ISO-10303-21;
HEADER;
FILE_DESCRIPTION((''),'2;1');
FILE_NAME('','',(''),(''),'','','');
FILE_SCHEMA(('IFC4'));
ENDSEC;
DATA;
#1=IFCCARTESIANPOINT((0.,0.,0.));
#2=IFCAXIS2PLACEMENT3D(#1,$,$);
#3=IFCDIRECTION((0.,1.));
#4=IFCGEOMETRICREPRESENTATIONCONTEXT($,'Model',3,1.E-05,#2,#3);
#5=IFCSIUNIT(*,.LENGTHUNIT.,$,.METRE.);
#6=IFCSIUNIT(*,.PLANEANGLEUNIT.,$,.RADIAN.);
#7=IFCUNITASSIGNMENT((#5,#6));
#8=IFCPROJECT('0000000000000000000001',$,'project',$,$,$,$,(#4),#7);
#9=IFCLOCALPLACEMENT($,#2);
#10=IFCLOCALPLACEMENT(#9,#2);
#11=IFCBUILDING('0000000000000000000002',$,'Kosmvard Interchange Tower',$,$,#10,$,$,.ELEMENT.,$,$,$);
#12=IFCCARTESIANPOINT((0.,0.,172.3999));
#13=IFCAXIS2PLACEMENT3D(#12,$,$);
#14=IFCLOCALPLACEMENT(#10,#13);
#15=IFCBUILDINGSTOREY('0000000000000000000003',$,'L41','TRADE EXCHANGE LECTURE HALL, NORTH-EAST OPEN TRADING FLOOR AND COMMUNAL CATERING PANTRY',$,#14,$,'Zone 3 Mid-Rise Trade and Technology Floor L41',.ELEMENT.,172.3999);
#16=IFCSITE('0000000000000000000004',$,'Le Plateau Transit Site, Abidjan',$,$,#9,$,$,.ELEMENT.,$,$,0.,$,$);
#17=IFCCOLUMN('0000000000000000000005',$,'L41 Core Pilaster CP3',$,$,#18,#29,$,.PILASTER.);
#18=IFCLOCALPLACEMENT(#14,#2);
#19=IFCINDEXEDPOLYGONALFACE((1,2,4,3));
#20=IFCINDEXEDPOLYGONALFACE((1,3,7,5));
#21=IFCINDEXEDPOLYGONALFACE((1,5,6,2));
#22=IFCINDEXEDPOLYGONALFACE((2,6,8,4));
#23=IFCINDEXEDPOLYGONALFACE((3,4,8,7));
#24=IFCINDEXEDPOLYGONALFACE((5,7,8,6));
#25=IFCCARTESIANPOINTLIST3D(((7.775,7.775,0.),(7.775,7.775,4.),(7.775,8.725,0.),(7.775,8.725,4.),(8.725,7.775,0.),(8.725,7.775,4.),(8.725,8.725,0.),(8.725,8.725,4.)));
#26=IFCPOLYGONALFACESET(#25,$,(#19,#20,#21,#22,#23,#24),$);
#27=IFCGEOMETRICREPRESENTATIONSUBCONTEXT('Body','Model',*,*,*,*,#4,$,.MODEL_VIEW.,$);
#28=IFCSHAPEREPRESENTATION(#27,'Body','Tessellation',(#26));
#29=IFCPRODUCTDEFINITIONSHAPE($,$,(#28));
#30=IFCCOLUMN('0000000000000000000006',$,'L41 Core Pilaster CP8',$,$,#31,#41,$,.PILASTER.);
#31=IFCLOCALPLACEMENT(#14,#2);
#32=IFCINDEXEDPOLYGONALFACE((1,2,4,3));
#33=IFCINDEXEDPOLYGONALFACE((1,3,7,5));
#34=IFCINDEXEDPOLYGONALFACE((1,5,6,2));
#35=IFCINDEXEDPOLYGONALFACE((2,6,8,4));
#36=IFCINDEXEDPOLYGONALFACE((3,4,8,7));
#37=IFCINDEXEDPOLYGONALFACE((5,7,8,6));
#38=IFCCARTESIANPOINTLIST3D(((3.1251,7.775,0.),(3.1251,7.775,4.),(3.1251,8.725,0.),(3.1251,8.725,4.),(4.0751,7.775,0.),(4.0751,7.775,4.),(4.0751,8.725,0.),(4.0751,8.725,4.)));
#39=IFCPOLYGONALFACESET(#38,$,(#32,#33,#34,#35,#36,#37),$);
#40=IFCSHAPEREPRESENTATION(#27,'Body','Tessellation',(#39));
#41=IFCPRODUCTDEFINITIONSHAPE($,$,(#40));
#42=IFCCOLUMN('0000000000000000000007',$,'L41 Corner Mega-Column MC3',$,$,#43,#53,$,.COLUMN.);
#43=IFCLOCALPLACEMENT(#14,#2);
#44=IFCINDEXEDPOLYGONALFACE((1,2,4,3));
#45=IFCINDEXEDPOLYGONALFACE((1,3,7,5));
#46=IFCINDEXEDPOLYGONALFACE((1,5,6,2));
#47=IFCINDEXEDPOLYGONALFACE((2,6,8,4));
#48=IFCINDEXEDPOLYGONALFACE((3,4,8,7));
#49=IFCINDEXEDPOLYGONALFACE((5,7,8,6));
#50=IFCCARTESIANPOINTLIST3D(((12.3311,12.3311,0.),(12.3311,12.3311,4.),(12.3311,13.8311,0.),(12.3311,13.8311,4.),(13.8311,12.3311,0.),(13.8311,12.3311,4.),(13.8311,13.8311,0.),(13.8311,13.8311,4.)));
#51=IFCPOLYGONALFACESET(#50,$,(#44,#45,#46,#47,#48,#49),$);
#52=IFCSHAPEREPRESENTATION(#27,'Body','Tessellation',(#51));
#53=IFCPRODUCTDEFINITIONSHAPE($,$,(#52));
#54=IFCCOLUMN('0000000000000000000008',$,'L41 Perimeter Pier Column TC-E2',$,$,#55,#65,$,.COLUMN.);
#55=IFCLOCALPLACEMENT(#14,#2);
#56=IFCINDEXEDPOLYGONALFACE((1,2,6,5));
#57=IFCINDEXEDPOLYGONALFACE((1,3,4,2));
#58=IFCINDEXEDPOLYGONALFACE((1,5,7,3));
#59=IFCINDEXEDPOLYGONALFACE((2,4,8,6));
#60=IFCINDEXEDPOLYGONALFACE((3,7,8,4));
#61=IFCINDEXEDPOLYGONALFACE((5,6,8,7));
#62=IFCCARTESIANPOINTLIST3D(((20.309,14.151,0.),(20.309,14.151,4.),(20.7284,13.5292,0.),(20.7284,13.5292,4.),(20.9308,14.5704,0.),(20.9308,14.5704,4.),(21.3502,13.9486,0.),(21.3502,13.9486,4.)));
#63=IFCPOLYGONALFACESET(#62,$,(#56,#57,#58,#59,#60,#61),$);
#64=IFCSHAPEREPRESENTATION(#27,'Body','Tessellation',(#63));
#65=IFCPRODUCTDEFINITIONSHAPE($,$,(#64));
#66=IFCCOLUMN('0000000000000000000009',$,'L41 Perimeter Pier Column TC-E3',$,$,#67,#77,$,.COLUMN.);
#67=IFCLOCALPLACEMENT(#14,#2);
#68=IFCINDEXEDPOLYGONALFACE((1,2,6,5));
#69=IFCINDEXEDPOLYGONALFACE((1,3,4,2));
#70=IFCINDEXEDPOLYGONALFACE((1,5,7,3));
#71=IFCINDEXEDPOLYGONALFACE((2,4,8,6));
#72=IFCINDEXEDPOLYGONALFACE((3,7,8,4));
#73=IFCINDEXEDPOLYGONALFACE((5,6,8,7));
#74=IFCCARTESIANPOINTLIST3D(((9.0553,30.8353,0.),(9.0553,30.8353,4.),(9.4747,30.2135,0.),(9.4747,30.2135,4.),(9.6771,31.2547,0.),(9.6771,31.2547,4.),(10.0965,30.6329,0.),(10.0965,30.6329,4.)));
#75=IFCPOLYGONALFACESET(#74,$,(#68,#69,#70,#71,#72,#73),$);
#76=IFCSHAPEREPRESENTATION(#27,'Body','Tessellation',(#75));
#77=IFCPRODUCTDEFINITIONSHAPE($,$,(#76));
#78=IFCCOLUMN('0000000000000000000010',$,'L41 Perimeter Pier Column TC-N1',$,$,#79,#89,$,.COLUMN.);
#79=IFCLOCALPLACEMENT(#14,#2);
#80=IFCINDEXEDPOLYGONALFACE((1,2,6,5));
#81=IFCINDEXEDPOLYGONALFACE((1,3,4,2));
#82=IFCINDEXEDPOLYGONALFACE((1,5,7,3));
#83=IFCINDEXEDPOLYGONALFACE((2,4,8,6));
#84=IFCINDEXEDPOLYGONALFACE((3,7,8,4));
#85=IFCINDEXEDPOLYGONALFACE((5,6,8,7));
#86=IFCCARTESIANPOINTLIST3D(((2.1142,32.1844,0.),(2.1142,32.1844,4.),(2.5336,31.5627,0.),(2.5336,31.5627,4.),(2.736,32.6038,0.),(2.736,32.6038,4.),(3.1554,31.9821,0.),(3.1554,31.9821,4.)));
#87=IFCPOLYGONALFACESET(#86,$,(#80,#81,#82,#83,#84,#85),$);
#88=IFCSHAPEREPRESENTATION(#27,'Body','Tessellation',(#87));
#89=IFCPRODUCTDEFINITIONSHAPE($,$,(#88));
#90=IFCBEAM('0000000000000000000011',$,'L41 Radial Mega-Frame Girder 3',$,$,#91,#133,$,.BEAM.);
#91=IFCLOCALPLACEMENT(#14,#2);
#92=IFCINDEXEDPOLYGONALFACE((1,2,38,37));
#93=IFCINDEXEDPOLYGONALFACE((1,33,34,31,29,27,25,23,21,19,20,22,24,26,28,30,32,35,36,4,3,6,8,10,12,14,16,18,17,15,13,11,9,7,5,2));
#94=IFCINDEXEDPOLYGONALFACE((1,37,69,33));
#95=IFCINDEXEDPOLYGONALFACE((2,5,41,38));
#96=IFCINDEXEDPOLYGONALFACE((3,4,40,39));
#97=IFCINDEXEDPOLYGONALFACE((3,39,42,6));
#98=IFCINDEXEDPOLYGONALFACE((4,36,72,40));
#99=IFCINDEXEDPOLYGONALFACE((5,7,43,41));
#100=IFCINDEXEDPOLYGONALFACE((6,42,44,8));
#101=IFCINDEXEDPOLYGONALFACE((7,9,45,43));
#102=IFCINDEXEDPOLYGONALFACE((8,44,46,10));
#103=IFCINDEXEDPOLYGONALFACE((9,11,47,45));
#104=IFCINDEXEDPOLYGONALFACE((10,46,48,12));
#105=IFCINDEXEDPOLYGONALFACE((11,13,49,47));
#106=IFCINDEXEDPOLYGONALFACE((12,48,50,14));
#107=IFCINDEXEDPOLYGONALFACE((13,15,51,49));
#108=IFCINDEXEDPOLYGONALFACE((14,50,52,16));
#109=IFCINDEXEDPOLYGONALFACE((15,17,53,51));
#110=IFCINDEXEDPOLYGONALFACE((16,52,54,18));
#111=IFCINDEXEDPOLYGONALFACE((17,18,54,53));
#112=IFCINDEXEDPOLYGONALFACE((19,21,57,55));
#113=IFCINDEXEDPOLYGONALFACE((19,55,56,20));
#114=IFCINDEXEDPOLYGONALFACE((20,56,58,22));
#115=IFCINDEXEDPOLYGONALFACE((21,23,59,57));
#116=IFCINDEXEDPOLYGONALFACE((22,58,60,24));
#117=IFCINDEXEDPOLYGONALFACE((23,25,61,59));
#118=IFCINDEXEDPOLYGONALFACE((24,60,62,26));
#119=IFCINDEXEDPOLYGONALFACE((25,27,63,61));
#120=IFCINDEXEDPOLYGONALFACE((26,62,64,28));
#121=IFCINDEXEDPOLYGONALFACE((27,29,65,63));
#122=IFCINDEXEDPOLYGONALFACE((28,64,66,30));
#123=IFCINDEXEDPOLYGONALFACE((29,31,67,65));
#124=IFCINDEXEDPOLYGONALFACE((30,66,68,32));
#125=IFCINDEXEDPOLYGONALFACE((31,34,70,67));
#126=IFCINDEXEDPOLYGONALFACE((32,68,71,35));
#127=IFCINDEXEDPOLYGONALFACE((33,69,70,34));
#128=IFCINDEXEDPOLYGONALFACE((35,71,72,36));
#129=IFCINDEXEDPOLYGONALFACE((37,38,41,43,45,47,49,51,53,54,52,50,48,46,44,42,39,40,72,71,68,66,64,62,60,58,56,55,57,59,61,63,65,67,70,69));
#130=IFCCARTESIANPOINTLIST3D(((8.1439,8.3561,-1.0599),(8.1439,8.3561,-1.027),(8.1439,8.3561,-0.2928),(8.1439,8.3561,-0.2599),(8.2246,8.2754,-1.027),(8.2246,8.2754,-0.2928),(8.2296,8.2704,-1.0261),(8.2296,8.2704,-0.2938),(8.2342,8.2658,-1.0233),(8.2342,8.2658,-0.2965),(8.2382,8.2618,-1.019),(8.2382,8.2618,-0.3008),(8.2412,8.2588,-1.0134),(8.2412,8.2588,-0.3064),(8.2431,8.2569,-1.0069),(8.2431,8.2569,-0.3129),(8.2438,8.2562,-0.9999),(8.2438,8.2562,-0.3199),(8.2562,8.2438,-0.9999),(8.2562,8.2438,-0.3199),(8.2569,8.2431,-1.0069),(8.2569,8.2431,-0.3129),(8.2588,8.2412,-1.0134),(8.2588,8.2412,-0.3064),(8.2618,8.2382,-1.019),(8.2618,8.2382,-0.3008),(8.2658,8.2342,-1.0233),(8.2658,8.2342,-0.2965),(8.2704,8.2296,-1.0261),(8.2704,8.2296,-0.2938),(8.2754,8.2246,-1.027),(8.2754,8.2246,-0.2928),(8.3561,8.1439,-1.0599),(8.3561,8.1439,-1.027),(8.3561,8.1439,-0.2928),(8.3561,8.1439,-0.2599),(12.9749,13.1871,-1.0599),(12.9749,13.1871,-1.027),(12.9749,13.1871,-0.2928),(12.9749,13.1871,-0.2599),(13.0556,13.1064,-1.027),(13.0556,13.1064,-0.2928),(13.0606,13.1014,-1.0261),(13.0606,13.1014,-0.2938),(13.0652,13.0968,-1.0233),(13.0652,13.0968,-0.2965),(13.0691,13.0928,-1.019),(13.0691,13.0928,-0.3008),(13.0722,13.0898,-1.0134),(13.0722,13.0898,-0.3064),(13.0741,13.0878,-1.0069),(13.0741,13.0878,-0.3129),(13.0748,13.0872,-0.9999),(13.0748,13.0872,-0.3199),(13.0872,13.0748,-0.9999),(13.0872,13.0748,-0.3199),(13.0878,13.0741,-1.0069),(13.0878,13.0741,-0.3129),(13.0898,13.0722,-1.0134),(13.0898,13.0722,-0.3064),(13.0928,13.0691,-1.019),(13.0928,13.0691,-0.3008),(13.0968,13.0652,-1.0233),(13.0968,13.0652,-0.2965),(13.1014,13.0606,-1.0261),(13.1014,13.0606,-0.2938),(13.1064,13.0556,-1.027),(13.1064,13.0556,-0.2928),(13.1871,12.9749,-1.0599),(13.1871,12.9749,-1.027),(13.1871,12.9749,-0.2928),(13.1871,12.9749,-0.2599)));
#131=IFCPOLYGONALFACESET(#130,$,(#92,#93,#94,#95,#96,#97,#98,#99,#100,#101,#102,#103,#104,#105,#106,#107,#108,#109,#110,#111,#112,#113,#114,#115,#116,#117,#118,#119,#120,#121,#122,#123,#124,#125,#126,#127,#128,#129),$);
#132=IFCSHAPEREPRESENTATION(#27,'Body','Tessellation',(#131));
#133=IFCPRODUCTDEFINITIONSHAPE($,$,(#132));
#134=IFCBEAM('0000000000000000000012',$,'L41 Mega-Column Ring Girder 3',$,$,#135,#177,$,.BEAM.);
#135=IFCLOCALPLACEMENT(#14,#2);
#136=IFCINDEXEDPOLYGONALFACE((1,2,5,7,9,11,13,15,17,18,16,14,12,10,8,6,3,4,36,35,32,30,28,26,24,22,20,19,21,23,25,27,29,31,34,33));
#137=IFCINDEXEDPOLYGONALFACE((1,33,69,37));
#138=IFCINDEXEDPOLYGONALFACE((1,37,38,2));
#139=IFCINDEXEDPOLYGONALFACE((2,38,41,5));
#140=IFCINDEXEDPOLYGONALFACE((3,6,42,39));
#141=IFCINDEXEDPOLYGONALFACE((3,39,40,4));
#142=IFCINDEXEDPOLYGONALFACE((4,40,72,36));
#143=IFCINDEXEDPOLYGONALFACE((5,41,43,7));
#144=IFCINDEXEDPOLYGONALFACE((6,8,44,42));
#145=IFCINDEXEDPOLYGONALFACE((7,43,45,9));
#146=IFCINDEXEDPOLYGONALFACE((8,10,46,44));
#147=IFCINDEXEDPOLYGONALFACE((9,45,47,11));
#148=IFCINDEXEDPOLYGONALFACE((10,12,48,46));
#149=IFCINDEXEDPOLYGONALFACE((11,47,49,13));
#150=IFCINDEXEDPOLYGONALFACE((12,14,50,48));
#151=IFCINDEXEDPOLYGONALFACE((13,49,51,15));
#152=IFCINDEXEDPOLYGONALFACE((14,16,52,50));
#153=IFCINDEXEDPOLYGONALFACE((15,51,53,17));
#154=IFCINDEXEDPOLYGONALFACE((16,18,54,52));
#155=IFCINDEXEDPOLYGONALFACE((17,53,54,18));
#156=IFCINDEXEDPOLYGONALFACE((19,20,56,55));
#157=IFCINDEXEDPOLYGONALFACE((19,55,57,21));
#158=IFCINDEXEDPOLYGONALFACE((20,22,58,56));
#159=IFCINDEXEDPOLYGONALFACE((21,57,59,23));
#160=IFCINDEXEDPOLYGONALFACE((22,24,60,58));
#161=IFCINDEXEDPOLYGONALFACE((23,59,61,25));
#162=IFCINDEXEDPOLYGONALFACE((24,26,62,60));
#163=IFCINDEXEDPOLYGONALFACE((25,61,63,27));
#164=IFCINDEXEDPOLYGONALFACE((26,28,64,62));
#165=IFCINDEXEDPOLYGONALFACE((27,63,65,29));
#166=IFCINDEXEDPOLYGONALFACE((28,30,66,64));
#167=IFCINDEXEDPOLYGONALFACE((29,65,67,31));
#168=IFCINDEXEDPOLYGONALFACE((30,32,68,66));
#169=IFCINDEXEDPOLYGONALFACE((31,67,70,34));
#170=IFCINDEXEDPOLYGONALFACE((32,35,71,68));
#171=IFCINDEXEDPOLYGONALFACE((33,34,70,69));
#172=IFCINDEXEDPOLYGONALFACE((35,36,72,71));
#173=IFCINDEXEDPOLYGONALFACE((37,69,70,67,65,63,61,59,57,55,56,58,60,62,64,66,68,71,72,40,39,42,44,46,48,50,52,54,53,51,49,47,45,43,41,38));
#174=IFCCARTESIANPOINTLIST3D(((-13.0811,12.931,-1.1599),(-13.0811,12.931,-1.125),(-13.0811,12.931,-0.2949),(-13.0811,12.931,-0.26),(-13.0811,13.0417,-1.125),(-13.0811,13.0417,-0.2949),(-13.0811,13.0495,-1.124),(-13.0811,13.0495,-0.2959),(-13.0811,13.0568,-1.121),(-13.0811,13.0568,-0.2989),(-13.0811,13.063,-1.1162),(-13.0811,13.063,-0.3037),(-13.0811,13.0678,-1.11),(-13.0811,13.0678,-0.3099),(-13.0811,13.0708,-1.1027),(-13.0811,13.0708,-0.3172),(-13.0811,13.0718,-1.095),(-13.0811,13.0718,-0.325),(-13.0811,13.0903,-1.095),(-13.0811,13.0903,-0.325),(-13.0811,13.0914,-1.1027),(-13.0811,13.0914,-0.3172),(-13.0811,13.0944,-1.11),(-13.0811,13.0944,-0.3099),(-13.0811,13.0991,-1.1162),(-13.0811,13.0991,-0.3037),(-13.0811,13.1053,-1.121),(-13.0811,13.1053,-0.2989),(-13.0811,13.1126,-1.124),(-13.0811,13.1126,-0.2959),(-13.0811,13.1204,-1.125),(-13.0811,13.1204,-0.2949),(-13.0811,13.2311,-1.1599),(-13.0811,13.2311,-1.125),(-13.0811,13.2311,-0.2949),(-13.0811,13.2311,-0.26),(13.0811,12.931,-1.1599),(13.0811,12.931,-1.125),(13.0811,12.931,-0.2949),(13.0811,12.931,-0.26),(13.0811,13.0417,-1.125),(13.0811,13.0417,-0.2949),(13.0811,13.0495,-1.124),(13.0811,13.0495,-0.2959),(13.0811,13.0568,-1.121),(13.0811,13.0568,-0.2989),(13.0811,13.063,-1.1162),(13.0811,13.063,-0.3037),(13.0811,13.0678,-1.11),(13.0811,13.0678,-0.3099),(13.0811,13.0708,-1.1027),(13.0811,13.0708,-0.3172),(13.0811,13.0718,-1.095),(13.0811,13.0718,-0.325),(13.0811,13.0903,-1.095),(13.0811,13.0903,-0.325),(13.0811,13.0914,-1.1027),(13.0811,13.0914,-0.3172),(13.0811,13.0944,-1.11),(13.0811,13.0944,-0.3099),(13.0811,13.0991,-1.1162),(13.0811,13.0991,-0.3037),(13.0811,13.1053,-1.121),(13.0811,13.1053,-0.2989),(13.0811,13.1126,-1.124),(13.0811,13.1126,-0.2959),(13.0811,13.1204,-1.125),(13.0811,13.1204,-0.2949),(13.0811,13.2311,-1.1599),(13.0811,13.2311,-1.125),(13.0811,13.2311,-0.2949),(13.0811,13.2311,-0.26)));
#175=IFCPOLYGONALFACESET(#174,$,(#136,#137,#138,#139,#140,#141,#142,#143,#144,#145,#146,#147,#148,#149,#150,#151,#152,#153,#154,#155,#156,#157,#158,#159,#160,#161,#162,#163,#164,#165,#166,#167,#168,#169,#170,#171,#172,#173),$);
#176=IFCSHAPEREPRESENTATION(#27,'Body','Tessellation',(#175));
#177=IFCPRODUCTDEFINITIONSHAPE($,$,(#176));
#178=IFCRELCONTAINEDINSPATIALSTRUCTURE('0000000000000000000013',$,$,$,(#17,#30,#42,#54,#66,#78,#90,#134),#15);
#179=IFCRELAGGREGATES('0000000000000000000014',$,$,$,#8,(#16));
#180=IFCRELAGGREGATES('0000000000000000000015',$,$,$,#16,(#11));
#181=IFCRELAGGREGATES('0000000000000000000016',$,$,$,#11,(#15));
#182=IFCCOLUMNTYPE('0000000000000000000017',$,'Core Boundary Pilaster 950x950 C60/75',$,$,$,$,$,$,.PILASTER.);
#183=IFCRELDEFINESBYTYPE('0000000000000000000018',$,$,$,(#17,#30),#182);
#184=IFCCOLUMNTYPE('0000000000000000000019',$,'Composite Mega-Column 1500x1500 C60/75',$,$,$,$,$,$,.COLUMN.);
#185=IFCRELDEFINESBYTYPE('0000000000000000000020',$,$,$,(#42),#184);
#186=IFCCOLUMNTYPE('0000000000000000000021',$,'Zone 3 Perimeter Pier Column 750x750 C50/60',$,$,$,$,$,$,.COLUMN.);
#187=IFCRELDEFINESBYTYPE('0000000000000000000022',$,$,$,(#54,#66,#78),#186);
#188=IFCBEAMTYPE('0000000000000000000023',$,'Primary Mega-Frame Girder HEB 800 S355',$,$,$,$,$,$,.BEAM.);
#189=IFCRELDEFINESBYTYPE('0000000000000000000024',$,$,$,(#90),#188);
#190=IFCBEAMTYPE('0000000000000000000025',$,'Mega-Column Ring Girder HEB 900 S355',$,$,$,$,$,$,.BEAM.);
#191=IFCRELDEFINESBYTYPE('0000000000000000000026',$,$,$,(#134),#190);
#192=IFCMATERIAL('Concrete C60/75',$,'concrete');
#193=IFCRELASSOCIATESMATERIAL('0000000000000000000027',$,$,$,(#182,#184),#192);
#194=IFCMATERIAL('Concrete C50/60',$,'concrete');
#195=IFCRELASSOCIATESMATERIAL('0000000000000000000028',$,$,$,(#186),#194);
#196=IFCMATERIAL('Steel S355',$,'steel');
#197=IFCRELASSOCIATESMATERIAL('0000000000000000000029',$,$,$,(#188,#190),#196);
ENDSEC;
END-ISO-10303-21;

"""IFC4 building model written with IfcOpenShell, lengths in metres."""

from ifc_helpers import new_model, si_unit, direction, frame, origin, origin_2d, place, context, subcontext, project, spatial, rectangle, i_section, extrude, source, transform, mapped, material, material_profile, profile_set, type_object, element, save


model = new_model("IFC4")

# Units and contexts
model_context = context("Model", 3, precision=1e-05, world=origin(), true_north=direction((0.0, 1.0)))
body_context = subcontext(model_context, "Body", "Model", "MODEL_VIEW")
ifc_project = project(units=[si_unit("LENGTHUNIT", "METRE"), si_unit("PLANEANGLEUNIT", "RADIAN")], contexts=[model_context])

# Site, building, storey
site_placement = place(None, origin())
site = spatial("IfcSite", under=ifc_project, at=site_placement, Name="Le Plateau Transit Site, Abidjan", CompositionType="ELEMENT", RefElevation=0.0)
building_placement = place(site_placement, origin())
building = spatial("IfcBuilding", under=site, at=building_placement, Name="Kosmvard Interchange Tower", CompositionType="ELEMENT")
storey_placement = place(building_placement, frame((0.0, 0.0, 172.3999)))
storey = spatial("IfcBuildingStorey", under=building, at=storey_placement, Name="L41", Description="TRADE EXCHANGE LECTURE HALL, NORTH-EAST OPEN TRADING FLOOR AND COMMUNAL CATERING PANTRY", LongName="Zone 3 Mid-Rise Trade and Technology Floor L41", CompositionType="ELEMENT", Elevation=172.3999)

# Columns
ifc_material_1 = material(Name="Concrete C60/75", Category="concrete")
ifc_material_profile_1 = material_profile(ifc_material_1, rectangle(XDim=0.95, YDim=0.95, at=origin_2d()), Name="CP 950x950")
ifc_profile_set_1 = profile_set([ifc_material_profile_1], Name="Concrete C60/75")
column_type_1 = type_object("IfcColumnType", Name="Core Boundary Pilaster 950x950 C60/75", PredefinedType="PILASTER", material=ifc_profile_set_1)
shared_shape_1 = source(origin(), body_context, "Body", "SweptSolid", [
    extrude(rectangle(XDim=0.95, YDim=0.95, at=origin_2d()), origin(), (0.0, 0.0, 1.0), 4.0),
])
for number, where, z_axis, x_axis, name in (
    (1, (8.25, 8.25, 0.0), (0.0, 0.0, 1.0), (1.0, 0.0, 0.0), "L41 Core Pilaster CP3"),
    (2, (3.6001, 8.25, 0.0), (0.0, 0.0, 1.0), (1.0, 0.0, 0.0), "L41 Core Pilaster CP8"),
):
    element("IfcColumn", number, at=place(storey_placement, frame(where, z_axis=z_axis, x_axis=x_axis)), inside=storey, type_object=column_type_1, Name=name, PredefinedType="PILASTER", context=body_context, shape_type="MappedRepresentation", body=[
        mapped(shared_shape_1, transform((0.0, 0.0, 0.0), scale=1.0)),
    ])
ifc_material_profile_2 = material_profile(ifc_material_1, rectangle(XDim=1.5, YDim=1.5, at=origin_2d()), Name="MC 1500x1500")
ifc_profile_set_2 = profile_set([ifc_material_profile_2], Name="Concrete C60/75")
column_type_2 = type_object("IfcColumnType", Name="Composite Mega-Column 1500x1500 C60/75", PredefinedType="COLUMN", material=ifc_profile_set_2)
shared_shape_2 = source(origin(), body_context, "Body", "SweptSolid", [
    extrude(rectangle(XDim=1.5, YDim=1.5, at=origin_2d()), origin(), (0.0, 0.0, 1.0), 4.0),
])
column_placement = place(storey_placement, frame((13.0811, 13.0811, 0.0), z_axis=(0.0, 0.0, 1.0), x_axis=(1.0, 0.0, 0.0)))
element("IfcColumn", 3, at=column_placement, inside=storey, type_object=column_type_2, Name="L41 Corner Mega-Column MC3", PredefinedType="COLUMN", context=body_context, shape_type="MappedRepresentation", body=[
    mapped(shared_shape_2, transform((0.0, 0.0, 0.0), scale=1.0)),
])
ifc_material_2 = material(Name="Concrete C50/60", Category="concrete")
ifc_material_profile_3 = material_profile(ifc_material_2, rectangle(XDim=0.75, YDim=0.75, at=origin_2d()), Name="TC 750x750")
ifc_profile_set_3 = profile_set([ifc_material_profile_3], Name="Concrete C50/60")
column_type_3 = type_object("IfcColumnType", Name="Zone 3 Perimeter Pier Column 750x750 C50/60", PredefinedType="COLUMN", material=ifc_profile_set_3)
shared_shape_3 = source(origin(), body_context, "Body", "SweptSolid", [
    extrude(rectangle(XDim=0.75, YDim=0.75, at=origin_2d()), origin(), (0.0, 0.0, 1.0), 4.0),
])
for number, where, z_axis, x_axis, name in (
    (4, (20.8296, 14.0498, 0.0), (0.0, 0.0, 1.0), (0.829038, 0.559193, 0.0), "L41 Perimeter Pier Column TC-E2"),
    (5, (9.5759, 30.7341, 0.0), (0.0, 0.0, 1.0), (0.829038, 0.559193, 0.0), "L41 Perimeter Pier Column TC-E3"),
    (6, (2.6348, 32.0833, 0.0), (0.0, 0.0, 1.0), (0.829038, 0.559193, 0.0), "L41 Perimeter Pier Column TC-N1"),
):
    element("IfcColumn", number, at=place(storey_placement, frame(where, z_axis=z_axis, x_axis=x_axis)), inside=storey, type_object=column_type_3, Name=name, PredefinedType="COLUMN", context=body_context, shape_type="MappedRepresentation", body=[
        mapped(shared_shape_3, transform((0.0, 0.0, 0.0), scale=1.0)),
    ])

# Beams
ifc_material_3 = material(Name="Steel S355", Category="steel")
ifc_material_profile_4 = material_profile(ifc_material_3, i_section(OverallWidth=0.3, OverallDepth=0.8, WebThickness=0.0176, FlangeThickness=0.033, FilletRadius=0.0271, at=origin_2d()), Name="HEB 800")
ifc_profile_set_4 = profile_set([ifc_material_profile_4], Name="Steel S355")
beam_type_1 = type_object("IfcBeamType", Name="Primary Mega-Frame Girder HEB 800 S355", PredefinedType="BEAM", material=ifc_profile_set_4)
shared_shape_4 = source(origin(), body_context, "Body", "SweptSolid", [
    extrude(i_section(OverallWidth=0.3, OverallDepth=0.8, WebThickness=0.0176, FlangeThickness=0.033, FilletRadius=0.0271, at=origin_2d()), origin(), (0.0, 0.0, 1.0), 6.832),
])
beam_1_placement = place(storey_placement, frame((8.25, 8.25, -0.6599), z_axis=(0.707107, 0.707107, 0.0), x_axis=(-0.707107, 0.707107, 0.0)))
element("IfcBeam", 7, at=beam_1_placement, inside=storey, type_object=beam_type_1, Name="L41 Radial Mega-Frame Girder 3", PredefinedType="BEAM", context=body_context, shape_type="MappedRepresentation", body=[
    mapped(shared_shape_4, transform((0.0, 0.0, 0.0), scale=1.0)),
])
ifc_material_profile_5 = material_profile(ifc_material_3, i_section(OverallWidth=0.3, OverallDepth=0.8999, WebThickness=0.0186, FlangeThickness=0.0349, FilletRadius=0.03, at=origin_2d()), Name="HEB 900")
ifc_profile_set_5 = profile_set([ifc_material_profile_5], Name="Steel S355")
beam_type_2 = type_object("IfcBeamType", Name="Mega-Column Ring Girder HEB 900 S355", PredefinedType="BEAM", material=ifc_profile_set_5)
shared_shape_5 = source(origin(), body_context, "Body", "SweptSolid", [
    extrude(i_section(OverallWidth=0.3, OverallDepth=0.8999, WebThickness=0.0186, FlangeThickness=0.0349, FilletRadius=0.03, at=origin_2d()), origin(), (0.0, 0.0, 1.0), 26.1621),
])
beam_2_placement = place(storey_placement, frame((13.0811, 13.0811, -0.71), z_axis=(-1.0, 0.0, 0.0), x_axis=(0.0, -1.0, 0.0)))
element("IfcBeam", 8, at=beam_2_placement, inside=storey, type_object=beam_type_2, Name="L41 Mega-Column Ring Girder 3", PredefinedType="BEAM", context=body_context, shape_type="MappedRepresentation", body=[
    mapped(shared_shape_5, transform((0.0, 0.0, 0.0), scale=1.0)),
])

save(model, "model.ifc")
